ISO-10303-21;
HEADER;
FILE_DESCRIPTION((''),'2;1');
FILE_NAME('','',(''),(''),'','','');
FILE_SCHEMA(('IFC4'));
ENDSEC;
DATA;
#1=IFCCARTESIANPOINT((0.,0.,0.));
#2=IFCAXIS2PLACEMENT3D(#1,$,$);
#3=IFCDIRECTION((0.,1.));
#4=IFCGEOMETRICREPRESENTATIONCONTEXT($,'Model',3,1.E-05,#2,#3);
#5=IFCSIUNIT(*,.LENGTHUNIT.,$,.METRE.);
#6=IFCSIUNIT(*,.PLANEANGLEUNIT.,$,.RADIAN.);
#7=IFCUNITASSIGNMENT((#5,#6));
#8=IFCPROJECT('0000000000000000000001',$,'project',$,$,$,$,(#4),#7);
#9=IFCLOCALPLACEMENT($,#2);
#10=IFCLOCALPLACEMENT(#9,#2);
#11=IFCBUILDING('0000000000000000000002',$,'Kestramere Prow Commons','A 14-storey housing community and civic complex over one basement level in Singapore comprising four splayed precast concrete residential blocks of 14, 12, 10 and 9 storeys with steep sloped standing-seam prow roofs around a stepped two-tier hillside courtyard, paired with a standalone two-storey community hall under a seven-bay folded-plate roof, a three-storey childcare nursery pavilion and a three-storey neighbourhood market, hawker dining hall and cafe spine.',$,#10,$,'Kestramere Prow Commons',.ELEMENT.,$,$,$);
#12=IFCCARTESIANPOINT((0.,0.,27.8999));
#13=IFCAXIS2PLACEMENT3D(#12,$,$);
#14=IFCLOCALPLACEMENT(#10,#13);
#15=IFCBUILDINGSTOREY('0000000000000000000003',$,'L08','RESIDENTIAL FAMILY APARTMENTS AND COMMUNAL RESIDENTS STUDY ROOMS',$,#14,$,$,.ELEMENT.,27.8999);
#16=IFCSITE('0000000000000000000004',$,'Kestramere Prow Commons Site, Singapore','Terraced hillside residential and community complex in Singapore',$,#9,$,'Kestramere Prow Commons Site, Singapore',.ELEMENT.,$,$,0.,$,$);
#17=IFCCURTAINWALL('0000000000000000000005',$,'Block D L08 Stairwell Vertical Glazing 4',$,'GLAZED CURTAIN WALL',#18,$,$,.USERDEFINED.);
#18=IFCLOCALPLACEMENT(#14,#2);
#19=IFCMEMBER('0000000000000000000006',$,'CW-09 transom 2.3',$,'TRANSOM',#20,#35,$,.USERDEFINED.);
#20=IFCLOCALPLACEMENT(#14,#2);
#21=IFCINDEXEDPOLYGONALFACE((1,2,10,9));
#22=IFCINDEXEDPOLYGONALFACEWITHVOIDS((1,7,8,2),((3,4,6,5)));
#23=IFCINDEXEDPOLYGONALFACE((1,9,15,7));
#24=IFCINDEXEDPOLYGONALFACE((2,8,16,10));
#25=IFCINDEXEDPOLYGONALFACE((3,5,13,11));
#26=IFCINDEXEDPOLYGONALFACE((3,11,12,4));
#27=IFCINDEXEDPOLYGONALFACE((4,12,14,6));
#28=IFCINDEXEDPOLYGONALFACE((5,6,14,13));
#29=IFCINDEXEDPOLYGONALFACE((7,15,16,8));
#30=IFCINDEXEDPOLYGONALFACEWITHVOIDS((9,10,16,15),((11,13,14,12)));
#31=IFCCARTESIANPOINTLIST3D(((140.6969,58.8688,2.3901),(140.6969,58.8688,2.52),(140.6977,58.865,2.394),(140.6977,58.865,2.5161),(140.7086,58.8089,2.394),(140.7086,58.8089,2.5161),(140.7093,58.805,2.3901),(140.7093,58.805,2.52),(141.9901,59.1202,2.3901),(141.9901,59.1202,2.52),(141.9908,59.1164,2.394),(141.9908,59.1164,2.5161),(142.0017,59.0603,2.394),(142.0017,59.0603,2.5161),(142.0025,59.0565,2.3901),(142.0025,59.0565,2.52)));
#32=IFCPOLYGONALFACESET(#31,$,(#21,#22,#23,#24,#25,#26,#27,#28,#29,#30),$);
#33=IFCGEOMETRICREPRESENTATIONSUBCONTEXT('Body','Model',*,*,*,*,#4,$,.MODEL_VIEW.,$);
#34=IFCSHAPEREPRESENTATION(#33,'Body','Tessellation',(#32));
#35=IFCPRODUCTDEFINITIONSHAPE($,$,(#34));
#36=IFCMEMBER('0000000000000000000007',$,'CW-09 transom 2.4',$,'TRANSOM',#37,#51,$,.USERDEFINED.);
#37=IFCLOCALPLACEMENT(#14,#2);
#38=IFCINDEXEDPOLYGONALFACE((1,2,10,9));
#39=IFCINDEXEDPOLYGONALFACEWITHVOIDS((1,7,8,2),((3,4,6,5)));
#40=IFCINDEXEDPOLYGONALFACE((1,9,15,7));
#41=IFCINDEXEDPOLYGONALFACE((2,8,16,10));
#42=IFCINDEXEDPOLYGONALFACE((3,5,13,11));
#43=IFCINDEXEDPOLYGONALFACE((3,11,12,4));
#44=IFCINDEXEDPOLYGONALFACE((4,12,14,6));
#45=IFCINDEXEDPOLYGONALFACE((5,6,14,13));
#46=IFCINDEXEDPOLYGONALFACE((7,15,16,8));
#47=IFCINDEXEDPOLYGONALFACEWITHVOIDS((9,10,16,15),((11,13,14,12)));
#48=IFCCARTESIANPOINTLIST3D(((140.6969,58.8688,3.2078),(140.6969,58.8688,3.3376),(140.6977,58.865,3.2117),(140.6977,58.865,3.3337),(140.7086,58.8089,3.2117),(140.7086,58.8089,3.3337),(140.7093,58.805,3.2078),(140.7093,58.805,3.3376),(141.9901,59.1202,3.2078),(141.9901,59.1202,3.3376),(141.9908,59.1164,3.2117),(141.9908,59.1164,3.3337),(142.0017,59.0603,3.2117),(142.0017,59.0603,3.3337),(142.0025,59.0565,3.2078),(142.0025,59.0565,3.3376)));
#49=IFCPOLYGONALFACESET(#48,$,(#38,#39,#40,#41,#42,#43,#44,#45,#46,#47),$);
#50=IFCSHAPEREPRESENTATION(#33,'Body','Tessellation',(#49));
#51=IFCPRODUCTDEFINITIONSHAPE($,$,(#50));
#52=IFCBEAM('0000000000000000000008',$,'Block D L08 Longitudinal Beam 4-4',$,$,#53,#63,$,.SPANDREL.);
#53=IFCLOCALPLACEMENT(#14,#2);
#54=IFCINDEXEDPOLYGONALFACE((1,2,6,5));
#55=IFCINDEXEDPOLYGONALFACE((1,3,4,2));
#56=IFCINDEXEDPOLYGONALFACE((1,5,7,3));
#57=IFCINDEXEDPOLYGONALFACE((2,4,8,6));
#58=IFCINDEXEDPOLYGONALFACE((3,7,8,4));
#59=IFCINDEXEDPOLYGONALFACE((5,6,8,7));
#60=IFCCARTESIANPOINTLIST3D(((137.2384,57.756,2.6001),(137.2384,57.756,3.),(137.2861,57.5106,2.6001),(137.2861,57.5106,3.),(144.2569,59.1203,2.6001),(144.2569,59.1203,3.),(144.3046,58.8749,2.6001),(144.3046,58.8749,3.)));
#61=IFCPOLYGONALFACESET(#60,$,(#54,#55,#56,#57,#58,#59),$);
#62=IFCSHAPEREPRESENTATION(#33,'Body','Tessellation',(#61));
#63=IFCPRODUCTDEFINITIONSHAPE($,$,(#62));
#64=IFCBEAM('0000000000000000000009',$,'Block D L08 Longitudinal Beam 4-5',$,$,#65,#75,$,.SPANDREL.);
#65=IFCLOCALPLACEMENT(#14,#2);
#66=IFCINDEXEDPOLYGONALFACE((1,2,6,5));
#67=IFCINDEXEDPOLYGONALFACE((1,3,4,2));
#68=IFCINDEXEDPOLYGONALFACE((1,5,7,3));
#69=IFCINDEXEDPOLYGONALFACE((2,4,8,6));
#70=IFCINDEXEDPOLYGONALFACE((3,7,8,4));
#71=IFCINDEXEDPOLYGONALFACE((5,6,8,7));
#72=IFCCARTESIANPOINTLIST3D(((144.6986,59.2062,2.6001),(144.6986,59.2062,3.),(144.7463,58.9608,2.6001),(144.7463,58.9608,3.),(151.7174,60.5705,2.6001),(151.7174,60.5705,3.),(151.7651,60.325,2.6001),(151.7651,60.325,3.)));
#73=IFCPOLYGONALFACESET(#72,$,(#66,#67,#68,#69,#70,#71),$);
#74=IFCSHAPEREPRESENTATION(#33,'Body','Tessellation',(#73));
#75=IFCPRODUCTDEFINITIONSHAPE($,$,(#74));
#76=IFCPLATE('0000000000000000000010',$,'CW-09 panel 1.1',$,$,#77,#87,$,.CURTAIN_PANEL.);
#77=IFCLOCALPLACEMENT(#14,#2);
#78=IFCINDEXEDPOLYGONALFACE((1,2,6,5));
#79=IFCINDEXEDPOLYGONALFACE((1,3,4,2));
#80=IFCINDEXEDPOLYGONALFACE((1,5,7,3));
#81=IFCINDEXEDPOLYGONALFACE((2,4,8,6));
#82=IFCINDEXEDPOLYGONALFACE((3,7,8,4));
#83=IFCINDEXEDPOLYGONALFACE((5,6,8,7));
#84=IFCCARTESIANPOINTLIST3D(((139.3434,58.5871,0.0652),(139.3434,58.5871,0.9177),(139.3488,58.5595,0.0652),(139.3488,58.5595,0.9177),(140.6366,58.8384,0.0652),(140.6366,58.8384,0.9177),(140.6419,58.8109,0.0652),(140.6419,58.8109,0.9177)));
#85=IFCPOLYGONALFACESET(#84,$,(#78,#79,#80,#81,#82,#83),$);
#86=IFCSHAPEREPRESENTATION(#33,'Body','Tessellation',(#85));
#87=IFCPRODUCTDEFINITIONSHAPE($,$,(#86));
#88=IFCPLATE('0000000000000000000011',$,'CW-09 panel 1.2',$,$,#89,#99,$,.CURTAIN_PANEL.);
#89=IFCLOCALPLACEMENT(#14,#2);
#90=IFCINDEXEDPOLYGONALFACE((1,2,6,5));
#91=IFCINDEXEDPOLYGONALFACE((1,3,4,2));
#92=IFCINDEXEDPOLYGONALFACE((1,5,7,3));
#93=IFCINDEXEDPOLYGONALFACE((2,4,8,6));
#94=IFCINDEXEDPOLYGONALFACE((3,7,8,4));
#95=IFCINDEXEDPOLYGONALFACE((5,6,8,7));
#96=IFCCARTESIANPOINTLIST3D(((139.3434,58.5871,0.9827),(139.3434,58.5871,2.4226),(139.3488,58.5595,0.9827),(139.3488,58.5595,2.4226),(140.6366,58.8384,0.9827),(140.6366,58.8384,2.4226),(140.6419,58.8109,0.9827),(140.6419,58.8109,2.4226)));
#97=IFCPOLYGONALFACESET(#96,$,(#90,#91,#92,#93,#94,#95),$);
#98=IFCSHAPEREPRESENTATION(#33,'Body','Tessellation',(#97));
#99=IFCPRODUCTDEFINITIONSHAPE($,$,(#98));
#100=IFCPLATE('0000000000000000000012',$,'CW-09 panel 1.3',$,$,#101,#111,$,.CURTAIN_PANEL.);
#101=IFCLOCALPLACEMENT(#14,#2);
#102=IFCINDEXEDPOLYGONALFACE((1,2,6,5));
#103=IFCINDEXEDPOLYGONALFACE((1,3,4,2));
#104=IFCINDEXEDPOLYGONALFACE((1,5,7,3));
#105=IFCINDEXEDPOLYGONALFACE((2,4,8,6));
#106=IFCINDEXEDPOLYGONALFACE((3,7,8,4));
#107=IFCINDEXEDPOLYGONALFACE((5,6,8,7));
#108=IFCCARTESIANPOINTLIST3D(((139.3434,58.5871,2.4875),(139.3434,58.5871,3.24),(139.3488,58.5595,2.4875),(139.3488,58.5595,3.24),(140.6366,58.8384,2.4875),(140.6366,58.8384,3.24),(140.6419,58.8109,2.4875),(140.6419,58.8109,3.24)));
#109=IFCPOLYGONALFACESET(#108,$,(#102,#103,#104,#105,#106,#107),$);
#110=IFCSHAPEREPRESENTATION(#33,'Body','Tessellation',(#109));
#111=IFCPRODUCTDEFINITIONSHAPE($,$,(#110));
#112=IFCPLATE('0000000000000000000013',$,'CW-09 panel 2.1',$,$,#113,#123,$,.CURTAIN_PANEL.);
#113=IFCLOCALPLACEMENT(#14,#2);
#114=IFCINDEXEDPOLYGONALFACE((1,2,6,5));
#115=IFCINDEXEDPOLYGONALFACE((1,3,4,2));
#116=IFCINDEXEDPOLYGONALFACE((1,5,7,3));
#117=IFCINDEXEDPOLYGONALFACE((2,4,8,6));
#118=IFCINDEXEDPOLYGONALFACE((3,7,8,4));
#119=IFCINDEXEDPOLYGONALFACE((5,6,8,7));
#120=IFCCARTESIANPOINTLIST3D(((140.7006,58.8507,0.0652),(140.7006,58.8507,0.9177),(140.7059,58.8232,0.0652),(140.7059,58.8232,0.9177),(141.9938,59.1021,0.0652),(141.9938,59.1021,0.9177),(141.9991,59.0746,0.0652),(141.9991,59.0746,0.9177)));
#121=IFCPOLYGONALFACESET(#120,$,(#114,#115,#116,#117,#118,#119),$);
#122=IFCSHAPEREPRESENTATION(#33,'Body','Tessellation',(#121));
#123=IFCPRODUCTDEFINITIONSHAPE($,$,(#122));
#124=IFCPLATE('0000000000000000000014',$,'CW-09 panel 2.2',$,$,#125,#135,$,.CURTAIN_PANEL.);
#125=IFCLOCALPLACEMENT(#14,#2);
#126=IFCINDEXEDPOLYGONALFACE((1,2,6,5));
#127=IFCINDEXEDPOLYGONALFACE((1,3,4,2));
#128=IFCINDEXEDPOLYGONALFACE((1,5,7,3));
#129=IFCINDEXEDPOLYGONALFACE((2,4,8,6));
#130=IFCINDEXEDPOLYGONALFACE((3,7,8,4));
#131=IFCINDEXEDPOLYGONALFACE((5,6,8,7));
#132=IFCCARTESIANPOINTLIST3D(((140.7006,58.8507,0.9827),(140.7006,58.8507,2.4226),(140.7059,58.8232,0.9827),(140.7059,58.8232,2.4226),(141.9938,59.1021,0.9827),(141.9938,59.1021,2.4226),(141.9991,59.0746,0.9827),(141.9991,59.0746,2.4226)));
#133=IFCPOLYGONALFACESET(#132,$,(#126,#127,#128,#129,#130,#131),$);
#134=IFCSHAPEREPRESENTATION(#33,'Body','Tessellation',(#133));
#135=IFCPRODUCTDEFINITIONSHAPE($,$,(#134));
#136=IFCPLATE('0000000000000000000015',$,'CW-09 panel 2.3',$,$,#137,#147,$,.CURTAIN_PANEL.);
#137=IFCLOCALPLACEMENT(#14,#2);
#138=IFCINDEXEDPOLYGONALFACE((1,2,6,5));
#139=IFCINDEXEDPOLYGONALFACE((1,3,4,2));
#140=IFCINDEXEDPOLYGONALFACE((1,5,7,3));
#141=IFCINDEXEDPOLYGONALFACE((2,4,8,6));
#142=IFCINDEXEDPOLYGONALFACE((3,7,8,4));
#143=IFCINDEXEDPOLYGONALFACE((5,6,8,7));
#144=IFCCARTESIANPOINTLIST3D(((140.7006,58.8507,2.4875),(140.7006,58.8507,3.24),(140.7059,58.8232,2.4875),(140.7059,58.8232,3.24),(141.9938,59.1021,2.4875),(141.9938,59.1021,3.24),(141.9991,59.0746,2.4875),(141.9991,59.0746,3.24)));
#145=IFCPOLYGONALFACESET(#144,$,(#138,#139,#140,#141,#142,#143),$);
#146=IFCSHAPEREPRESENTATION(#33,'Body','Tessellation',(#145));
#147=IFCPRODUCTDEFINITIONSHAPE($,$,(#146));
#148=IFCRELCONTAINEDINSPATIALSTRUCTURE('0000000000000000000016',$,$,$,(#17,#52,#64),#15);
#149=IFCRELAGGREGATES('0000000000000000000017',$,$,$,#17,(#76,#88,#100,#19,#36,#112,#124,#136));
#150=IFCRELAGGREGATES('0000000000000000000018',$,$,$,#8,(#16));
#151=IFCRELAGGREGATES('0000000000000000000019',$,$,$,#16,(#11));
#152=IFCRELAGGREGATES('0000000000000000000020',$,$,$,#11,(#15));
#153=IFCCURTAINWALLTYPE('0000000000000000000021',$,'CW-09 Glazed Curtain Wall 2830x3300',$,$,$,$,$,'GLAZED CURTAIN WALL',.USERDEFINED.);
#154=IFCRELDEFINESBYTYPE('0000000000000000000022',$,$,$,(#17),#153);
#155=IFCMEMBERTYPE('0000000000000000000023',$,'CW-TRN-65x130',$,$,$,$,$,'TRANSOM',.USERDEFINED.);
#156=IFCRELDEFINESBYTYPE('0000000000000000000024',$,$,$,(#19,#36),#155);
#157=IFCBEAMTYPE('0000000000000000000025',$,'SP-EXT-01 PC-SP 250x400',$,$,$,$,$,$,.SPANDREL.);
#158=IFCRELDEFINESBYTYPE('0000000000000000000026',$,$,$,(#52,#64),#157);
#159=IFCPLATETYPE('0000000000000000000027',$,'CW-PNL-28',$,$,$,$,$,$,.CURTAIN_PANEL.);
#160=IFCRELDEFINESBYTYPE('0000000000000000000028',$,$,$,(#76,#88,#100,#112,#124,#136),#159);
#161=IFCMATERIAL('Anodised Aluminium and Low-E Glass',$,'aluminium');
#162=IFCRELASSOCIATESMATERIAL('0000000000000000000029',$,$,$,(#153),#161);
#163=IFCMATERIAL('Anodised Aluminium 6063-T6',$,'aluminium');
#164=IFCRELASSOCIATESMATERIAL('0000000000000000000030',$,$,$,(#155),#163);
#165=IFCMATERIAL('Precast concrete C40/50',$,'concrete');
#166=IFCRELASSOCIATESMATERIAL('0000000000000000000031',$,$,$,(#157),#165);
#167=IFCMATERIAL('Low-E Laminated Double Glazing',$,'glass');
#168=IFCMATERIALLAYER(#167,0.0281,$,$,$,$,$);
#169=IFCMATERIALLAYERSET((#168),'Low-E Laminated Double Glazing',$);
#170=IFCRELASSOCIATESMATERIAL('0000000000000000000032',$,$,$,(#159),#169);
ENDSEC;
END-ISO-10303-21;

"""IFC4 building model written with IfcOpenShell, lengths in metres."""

from ifc_helpers import new_model, si_unit, direction, frame, origin, origin_2d, place, context, subcontext, project, spatial, rectangle, hollow_rectangle, extrude, material, layer, layer_set, material_profile, profile_set, type_object, element, aggregate, save


model = new_model("IFC4")

# Units and contexts
model_context = context("Model", 3, precision=1e-05, world=origin(), true_north=direction((0.0, 1.0)))
body_context = subcontext(model_context, "Body", "Model", "MODEL_VIEW")
ifc_project = project(units=[si_unit("LENGTHUNIT", "METRE"), si_unit("PLANEANGLEUNIT", "RADIAN")], contexts=[model_context])

# Site, building, storey
site_placement = place(None, origin())
site = spatial("IfcSite", under=ifc_project, at=site_placement, Name="Kestramere Prow Commons Site, Singapore", Description="Terraced hillside residential and community complex in Singapore", LongName="Kestramere Prow Commons Site, Singapore", CompositionType="ELEMENT", RefElevation=0.0)
building_placement = place(site_placement, origin())
building = spatial("IfcBuilding", under=site, at=building_placement, Name="Kestramere Prow Commons", Description="A 14-storey housing community and civic complex over one basement level in Singapore comprising four splayed precast concrete residential blocks of 14, 12, 10 and 9 storeys with steep sloped standing-seam prow roofs around a stepped two-tier hillside courtyard, paired with a standalone two-storey community hall under a seven-bay folded-plate roof, a three-storey childcare nursery pavilion and a three-storey neighbourhood market, hawker dining hall and cafe spine.", LongName="Kestramere Prow Commons", CompositionType="ELEMENT")
storey_placement = place(building_placement, frame((0.0, 0.0, 27.8999)))
storey = spatial("IfcBuildingStorey", under=building, at=storey_placement, Name="L08", Description="RESIDENTIAL FAMILY APARTMENTS AND COMMUNAL RESIDENTS STUDY ROOMS", CompositionType="ELEMENT", Elevation=27.8999)

# Shared definitions
ifc_material_1 = material(Name="Precast concrete C40/50", Category="concrete")

# Curtain wall, members
ifc_material_2 = material(Name="Anodised Aluminium and Low-E Glass", Category="aluminium")
curtain_wall_type = type_object("IfcCurtainWallType", Name="CW-09 Glazed Curtain Wall 2830x3300", ElementType="GLAZED CURTAIN WALL", PredefinedType="USERDEFINED", material=ifc_material_2)
curtain_wall_placement = place(storey_placement, origin())
curtain_wall = element("IfcCurtainWall", 1, at=curtain_wall_placement, inside=storey, type_object=curtain_wall_type, Name="Block D L08 Stairwell Vertical Glazing 4", ObjectType="GLAZED CURTAIN WALL", PredefinedType="USERDEFINED")
ifc_material_3 = material(Name="Anodised Aluminium 6063-T6", Category="aluminium")
ifc_material_profile_1 = material_profile(ifc_material_3, hollow_rectangle(XDim=0.0649, YDim=0.1299, WallThickness=0.0039, at=origin_2d()), Name="ALU-TRN 65x130")
ifc_profile_set_1 = profile_set([ifc_material_profile_1], Name="Anodised Aluminium 6063-T6")
member_type_1 = type_object("IfcMemberType", Name="CW-TRN-65x130", ElementType="TRANSOM", PredefinedType="USERDEFINED", material=ifc_profile_set_1)
member_1_placement = place(storey_placement, frame((140.7031, 58.8369, 2.4551), z_axis=(0.981614, 0.190875, 0.0), x_axis=(-0.190875, 0.981614, 0.0)))
member_1 = element("IfcMember", 2, at=member_1_placement, type_object=member_type_1, Name="CW-09 transom 2.3", ObjectType="TRANSOM", PredefinedType="USERDEFINED", context=body_context, shape_type="SweptSolid", body=[
    extrude(hollow_rectangle(XDim=0.0649, YDim=0.1299, WallThickness=0.0039, at=origin_2d()), origin(), (0.0, 0.0, 1.0), 1.3174),
])
member_2_placement = place(storey_placement, frame((140.7031, 58.8369, 3.2727), z_axis=(0.981614, 0.190875, 0.0), x_axis=(-0.190875, 0.981614, 0.0)))
member_2 = element("IfcMember", 3, at=member_2_placement, type_object=member_type_1, Name="CW-09 transom 2.4", ObjectType="TRANSOM", PredefinedType="USERDEFINED", context=body_context, shape_type="SweptSolid", body=[
    extrude(hollow_rectangle(XDim=0.0649, YDim=0.1299, WallThickness=0.0039, at=origin_2d()), origin(), (0.0, 0.0, 1.0), 1.3174),
])

# Beams
ifc_material_profile_2 = material_profile(ifc_material_1, rectangle(XDim=0.25, YDim=0.3999, at=origin_2d()), Name="PC-SP 250x400")
ifc_profile_set_2 = profile_set([ifc_material_profile_2], Name="Precast concrete C40/50")
beam_type = type_object("IfcBeamType", Name="SP-EXT-01 PC-SP 250x400", PredefinedType="SPANDREL", material=ifc_profile_set_2)
beam_1_placement = place(storey_placement, frame((137.2622, 57.6333, 2.8), z_axis=(0.981627, 0.190808, 0.0), x_axis=(-0.190808, 0.981627, 0.0)))
element("IfcBeam", 4, at=beam_1_placement, inside=storey, type_object=beam_type, Name="Block D L08 Longitudinal Beam 4-4", PredefinedType="SPANDREL", context=body_context, shape_type="SweptSolid", body=[
    extrude(rectangle(XDim=0.25, YDim=0.3999, at=origin_2d()), origin(), (0.0, 0.0, 1.0), 7.1499),
])
beam_2_placement = place(storey_placement, frame((144.7224, 59.0835, 2.8), z_axis=(0.981629, 0.190801, 0.0), x_axis=(-0.190801, 0.981629, 0.0)))
element("IfcBeam", 5, at=beam_2_placement, inside=storey, type_object=beam_type, Name="Block D L08 Longitudinal Beam 4-5", PredefinedType="SPANDREL", context=body_context, shape_type="SweptSolid", body=[
    extrude(rectangle(XDim=0.25, YDim=0.3999, at=origin_2d()), origin(), (0.0, 0.0, 1.0), 7.1501),
])

# Plates
ifc_material_4 = material(Name="Low-E Laminated Double Glazing", Category="glass")
ifc_layer_1 = layer(ifc_material_4, 0.0281)
ifc_layer_set_1 = layer_set([ifc_layer_1], Name="Low-E Laminated Double Glazing")
plate_type = type_object("IfcPlateType", Name="CW-PNL-28", PredefinedType="CURTAIN_PANEL", material=ifc_layer_set_1)
plate_1_placement = place(storey_placement, frame((139.9927, 58.699, 0.0652), z_axis=(0.0, 0.0, 1.0), x_axis=(0.981627, 0.190809, 0.0)))
plate_1 = element("IfcPlate", 6, at=plate_1_placement, type_object=plate_type, Name="CW-09 panel 1.1", PredefinedType="CURTAIN_PANEL", context=body_context, shape_type="SweptSolid", body=[
    extrude(rectangle(XDim=1.3174, YDim=0.0281, at=origin_2d()), origin(), (0.0, 0.0, 1.0), 0.8525),
])
plate_2_placement = place(storey_placement, frame((139.9927, 58.699, 0.9827), z_axis=(0.0, 0.0, 1.0), x_axis=(0.981627, 0.190809, 0.0)))
plate_2 = element("IfcPlate", 7, at=plate_2_placement, type_object=plate_type, Name="CW-09 panel 1.2", PredefinedType="CURTAIN_PANEL", context=body_context, shape_type="SweptSolid", body=[
    extrude(rectangle(XDim=1.3174, YDim=0.0281, at=origin_2d()), origin(), (0.0, 0.0, 1.0), 1.4399),
])
plate_3_placement = place(storey_placement, frame((139.9927, 58.699, 2.4875), z_axis=(0.0, 0.0, 1.0), x_axis=(0.981627, 0.190809, 0.0)))
plate_3 = element("IfcPlate", 8, at=plate_3_placement, type_object=plate_type, Name="CW-09 panel 1.3", PredefinedType="CURTAIN_PANEL", context=body_context, shape_type="SweptSolid", body=[
    extrude(rectangle(XDim=1.3174, YDim=0.0281, at=origin_2d()), origin(), (0.0, 0.0, 1.0), 0.7524),
])
plate_4_placement = place(storey_placement, frame((141.3499, 58.9626, 0.0652), z_axis=(0.0, 0.0, 1.0), x_axis=(0.981627, 0.190809, 0.0)))
plate_4 = element("IfcPlate", 9, at=plate_4_placement, type_object=plate_type, Name="CW-09 panel 2.1", PredefinedType="CURTAIN_PANEL", context=body_context, shape_type="SweptSolid", body=[
    extrude(rectangle(XDim=1.3174, YDim=0.0281, at=origin_2d()), origin(), (0.0, 0.0, 1.0), 0.8525),
])
plate_5_placement = place(storey_placement, frame((141.3499, 58.9626, 0.9827), z_axis=(0.0, 0.0, 1.0), x_axis=(0.981627, 0.190809, 0.0)))
plate_5 = element("IfcPlate", 10, at=plate_5_placement, type_object=plate_type, Name="CW-09 panel 2.2", PredefinedType="CURTAIN_PANEL", context=body_context, shape_type="SweptSolid", body=[
    extrude(rectangle(XDim=1.3174, YDim=0.0281, at=origin_2d()), origin(), (0.0, 0.0, 1.0), 1.4399),
])
plate_6_placement = place(storey_placement, frame((141.3499, 58.9626, 2.4875), z_axis=(0.0, 0.0, 1.0), x_axis=(0.981627, 0.190809, 0.0)))
plate_6 = element("IfcPlate", 11, at=plate_6_placement, type_object=plate_type, Name="CW-09 panel 2.3", PredefinedType="CURTAIN_PANEL", context=body_context, shape_type="SweptSolid", body=[
    extrude(rectangle(XDim=1.3174, YDim=0.0281, at=origin_2d()), origin(), (0.0, 0.0, 1.0), 0.7524),
])
aggregate(curtain_wall, [plate_1, plate_2, plate_3, member_1, member_2, plate_4, plate_5, plate_6])

save(model, "model.ifc")
